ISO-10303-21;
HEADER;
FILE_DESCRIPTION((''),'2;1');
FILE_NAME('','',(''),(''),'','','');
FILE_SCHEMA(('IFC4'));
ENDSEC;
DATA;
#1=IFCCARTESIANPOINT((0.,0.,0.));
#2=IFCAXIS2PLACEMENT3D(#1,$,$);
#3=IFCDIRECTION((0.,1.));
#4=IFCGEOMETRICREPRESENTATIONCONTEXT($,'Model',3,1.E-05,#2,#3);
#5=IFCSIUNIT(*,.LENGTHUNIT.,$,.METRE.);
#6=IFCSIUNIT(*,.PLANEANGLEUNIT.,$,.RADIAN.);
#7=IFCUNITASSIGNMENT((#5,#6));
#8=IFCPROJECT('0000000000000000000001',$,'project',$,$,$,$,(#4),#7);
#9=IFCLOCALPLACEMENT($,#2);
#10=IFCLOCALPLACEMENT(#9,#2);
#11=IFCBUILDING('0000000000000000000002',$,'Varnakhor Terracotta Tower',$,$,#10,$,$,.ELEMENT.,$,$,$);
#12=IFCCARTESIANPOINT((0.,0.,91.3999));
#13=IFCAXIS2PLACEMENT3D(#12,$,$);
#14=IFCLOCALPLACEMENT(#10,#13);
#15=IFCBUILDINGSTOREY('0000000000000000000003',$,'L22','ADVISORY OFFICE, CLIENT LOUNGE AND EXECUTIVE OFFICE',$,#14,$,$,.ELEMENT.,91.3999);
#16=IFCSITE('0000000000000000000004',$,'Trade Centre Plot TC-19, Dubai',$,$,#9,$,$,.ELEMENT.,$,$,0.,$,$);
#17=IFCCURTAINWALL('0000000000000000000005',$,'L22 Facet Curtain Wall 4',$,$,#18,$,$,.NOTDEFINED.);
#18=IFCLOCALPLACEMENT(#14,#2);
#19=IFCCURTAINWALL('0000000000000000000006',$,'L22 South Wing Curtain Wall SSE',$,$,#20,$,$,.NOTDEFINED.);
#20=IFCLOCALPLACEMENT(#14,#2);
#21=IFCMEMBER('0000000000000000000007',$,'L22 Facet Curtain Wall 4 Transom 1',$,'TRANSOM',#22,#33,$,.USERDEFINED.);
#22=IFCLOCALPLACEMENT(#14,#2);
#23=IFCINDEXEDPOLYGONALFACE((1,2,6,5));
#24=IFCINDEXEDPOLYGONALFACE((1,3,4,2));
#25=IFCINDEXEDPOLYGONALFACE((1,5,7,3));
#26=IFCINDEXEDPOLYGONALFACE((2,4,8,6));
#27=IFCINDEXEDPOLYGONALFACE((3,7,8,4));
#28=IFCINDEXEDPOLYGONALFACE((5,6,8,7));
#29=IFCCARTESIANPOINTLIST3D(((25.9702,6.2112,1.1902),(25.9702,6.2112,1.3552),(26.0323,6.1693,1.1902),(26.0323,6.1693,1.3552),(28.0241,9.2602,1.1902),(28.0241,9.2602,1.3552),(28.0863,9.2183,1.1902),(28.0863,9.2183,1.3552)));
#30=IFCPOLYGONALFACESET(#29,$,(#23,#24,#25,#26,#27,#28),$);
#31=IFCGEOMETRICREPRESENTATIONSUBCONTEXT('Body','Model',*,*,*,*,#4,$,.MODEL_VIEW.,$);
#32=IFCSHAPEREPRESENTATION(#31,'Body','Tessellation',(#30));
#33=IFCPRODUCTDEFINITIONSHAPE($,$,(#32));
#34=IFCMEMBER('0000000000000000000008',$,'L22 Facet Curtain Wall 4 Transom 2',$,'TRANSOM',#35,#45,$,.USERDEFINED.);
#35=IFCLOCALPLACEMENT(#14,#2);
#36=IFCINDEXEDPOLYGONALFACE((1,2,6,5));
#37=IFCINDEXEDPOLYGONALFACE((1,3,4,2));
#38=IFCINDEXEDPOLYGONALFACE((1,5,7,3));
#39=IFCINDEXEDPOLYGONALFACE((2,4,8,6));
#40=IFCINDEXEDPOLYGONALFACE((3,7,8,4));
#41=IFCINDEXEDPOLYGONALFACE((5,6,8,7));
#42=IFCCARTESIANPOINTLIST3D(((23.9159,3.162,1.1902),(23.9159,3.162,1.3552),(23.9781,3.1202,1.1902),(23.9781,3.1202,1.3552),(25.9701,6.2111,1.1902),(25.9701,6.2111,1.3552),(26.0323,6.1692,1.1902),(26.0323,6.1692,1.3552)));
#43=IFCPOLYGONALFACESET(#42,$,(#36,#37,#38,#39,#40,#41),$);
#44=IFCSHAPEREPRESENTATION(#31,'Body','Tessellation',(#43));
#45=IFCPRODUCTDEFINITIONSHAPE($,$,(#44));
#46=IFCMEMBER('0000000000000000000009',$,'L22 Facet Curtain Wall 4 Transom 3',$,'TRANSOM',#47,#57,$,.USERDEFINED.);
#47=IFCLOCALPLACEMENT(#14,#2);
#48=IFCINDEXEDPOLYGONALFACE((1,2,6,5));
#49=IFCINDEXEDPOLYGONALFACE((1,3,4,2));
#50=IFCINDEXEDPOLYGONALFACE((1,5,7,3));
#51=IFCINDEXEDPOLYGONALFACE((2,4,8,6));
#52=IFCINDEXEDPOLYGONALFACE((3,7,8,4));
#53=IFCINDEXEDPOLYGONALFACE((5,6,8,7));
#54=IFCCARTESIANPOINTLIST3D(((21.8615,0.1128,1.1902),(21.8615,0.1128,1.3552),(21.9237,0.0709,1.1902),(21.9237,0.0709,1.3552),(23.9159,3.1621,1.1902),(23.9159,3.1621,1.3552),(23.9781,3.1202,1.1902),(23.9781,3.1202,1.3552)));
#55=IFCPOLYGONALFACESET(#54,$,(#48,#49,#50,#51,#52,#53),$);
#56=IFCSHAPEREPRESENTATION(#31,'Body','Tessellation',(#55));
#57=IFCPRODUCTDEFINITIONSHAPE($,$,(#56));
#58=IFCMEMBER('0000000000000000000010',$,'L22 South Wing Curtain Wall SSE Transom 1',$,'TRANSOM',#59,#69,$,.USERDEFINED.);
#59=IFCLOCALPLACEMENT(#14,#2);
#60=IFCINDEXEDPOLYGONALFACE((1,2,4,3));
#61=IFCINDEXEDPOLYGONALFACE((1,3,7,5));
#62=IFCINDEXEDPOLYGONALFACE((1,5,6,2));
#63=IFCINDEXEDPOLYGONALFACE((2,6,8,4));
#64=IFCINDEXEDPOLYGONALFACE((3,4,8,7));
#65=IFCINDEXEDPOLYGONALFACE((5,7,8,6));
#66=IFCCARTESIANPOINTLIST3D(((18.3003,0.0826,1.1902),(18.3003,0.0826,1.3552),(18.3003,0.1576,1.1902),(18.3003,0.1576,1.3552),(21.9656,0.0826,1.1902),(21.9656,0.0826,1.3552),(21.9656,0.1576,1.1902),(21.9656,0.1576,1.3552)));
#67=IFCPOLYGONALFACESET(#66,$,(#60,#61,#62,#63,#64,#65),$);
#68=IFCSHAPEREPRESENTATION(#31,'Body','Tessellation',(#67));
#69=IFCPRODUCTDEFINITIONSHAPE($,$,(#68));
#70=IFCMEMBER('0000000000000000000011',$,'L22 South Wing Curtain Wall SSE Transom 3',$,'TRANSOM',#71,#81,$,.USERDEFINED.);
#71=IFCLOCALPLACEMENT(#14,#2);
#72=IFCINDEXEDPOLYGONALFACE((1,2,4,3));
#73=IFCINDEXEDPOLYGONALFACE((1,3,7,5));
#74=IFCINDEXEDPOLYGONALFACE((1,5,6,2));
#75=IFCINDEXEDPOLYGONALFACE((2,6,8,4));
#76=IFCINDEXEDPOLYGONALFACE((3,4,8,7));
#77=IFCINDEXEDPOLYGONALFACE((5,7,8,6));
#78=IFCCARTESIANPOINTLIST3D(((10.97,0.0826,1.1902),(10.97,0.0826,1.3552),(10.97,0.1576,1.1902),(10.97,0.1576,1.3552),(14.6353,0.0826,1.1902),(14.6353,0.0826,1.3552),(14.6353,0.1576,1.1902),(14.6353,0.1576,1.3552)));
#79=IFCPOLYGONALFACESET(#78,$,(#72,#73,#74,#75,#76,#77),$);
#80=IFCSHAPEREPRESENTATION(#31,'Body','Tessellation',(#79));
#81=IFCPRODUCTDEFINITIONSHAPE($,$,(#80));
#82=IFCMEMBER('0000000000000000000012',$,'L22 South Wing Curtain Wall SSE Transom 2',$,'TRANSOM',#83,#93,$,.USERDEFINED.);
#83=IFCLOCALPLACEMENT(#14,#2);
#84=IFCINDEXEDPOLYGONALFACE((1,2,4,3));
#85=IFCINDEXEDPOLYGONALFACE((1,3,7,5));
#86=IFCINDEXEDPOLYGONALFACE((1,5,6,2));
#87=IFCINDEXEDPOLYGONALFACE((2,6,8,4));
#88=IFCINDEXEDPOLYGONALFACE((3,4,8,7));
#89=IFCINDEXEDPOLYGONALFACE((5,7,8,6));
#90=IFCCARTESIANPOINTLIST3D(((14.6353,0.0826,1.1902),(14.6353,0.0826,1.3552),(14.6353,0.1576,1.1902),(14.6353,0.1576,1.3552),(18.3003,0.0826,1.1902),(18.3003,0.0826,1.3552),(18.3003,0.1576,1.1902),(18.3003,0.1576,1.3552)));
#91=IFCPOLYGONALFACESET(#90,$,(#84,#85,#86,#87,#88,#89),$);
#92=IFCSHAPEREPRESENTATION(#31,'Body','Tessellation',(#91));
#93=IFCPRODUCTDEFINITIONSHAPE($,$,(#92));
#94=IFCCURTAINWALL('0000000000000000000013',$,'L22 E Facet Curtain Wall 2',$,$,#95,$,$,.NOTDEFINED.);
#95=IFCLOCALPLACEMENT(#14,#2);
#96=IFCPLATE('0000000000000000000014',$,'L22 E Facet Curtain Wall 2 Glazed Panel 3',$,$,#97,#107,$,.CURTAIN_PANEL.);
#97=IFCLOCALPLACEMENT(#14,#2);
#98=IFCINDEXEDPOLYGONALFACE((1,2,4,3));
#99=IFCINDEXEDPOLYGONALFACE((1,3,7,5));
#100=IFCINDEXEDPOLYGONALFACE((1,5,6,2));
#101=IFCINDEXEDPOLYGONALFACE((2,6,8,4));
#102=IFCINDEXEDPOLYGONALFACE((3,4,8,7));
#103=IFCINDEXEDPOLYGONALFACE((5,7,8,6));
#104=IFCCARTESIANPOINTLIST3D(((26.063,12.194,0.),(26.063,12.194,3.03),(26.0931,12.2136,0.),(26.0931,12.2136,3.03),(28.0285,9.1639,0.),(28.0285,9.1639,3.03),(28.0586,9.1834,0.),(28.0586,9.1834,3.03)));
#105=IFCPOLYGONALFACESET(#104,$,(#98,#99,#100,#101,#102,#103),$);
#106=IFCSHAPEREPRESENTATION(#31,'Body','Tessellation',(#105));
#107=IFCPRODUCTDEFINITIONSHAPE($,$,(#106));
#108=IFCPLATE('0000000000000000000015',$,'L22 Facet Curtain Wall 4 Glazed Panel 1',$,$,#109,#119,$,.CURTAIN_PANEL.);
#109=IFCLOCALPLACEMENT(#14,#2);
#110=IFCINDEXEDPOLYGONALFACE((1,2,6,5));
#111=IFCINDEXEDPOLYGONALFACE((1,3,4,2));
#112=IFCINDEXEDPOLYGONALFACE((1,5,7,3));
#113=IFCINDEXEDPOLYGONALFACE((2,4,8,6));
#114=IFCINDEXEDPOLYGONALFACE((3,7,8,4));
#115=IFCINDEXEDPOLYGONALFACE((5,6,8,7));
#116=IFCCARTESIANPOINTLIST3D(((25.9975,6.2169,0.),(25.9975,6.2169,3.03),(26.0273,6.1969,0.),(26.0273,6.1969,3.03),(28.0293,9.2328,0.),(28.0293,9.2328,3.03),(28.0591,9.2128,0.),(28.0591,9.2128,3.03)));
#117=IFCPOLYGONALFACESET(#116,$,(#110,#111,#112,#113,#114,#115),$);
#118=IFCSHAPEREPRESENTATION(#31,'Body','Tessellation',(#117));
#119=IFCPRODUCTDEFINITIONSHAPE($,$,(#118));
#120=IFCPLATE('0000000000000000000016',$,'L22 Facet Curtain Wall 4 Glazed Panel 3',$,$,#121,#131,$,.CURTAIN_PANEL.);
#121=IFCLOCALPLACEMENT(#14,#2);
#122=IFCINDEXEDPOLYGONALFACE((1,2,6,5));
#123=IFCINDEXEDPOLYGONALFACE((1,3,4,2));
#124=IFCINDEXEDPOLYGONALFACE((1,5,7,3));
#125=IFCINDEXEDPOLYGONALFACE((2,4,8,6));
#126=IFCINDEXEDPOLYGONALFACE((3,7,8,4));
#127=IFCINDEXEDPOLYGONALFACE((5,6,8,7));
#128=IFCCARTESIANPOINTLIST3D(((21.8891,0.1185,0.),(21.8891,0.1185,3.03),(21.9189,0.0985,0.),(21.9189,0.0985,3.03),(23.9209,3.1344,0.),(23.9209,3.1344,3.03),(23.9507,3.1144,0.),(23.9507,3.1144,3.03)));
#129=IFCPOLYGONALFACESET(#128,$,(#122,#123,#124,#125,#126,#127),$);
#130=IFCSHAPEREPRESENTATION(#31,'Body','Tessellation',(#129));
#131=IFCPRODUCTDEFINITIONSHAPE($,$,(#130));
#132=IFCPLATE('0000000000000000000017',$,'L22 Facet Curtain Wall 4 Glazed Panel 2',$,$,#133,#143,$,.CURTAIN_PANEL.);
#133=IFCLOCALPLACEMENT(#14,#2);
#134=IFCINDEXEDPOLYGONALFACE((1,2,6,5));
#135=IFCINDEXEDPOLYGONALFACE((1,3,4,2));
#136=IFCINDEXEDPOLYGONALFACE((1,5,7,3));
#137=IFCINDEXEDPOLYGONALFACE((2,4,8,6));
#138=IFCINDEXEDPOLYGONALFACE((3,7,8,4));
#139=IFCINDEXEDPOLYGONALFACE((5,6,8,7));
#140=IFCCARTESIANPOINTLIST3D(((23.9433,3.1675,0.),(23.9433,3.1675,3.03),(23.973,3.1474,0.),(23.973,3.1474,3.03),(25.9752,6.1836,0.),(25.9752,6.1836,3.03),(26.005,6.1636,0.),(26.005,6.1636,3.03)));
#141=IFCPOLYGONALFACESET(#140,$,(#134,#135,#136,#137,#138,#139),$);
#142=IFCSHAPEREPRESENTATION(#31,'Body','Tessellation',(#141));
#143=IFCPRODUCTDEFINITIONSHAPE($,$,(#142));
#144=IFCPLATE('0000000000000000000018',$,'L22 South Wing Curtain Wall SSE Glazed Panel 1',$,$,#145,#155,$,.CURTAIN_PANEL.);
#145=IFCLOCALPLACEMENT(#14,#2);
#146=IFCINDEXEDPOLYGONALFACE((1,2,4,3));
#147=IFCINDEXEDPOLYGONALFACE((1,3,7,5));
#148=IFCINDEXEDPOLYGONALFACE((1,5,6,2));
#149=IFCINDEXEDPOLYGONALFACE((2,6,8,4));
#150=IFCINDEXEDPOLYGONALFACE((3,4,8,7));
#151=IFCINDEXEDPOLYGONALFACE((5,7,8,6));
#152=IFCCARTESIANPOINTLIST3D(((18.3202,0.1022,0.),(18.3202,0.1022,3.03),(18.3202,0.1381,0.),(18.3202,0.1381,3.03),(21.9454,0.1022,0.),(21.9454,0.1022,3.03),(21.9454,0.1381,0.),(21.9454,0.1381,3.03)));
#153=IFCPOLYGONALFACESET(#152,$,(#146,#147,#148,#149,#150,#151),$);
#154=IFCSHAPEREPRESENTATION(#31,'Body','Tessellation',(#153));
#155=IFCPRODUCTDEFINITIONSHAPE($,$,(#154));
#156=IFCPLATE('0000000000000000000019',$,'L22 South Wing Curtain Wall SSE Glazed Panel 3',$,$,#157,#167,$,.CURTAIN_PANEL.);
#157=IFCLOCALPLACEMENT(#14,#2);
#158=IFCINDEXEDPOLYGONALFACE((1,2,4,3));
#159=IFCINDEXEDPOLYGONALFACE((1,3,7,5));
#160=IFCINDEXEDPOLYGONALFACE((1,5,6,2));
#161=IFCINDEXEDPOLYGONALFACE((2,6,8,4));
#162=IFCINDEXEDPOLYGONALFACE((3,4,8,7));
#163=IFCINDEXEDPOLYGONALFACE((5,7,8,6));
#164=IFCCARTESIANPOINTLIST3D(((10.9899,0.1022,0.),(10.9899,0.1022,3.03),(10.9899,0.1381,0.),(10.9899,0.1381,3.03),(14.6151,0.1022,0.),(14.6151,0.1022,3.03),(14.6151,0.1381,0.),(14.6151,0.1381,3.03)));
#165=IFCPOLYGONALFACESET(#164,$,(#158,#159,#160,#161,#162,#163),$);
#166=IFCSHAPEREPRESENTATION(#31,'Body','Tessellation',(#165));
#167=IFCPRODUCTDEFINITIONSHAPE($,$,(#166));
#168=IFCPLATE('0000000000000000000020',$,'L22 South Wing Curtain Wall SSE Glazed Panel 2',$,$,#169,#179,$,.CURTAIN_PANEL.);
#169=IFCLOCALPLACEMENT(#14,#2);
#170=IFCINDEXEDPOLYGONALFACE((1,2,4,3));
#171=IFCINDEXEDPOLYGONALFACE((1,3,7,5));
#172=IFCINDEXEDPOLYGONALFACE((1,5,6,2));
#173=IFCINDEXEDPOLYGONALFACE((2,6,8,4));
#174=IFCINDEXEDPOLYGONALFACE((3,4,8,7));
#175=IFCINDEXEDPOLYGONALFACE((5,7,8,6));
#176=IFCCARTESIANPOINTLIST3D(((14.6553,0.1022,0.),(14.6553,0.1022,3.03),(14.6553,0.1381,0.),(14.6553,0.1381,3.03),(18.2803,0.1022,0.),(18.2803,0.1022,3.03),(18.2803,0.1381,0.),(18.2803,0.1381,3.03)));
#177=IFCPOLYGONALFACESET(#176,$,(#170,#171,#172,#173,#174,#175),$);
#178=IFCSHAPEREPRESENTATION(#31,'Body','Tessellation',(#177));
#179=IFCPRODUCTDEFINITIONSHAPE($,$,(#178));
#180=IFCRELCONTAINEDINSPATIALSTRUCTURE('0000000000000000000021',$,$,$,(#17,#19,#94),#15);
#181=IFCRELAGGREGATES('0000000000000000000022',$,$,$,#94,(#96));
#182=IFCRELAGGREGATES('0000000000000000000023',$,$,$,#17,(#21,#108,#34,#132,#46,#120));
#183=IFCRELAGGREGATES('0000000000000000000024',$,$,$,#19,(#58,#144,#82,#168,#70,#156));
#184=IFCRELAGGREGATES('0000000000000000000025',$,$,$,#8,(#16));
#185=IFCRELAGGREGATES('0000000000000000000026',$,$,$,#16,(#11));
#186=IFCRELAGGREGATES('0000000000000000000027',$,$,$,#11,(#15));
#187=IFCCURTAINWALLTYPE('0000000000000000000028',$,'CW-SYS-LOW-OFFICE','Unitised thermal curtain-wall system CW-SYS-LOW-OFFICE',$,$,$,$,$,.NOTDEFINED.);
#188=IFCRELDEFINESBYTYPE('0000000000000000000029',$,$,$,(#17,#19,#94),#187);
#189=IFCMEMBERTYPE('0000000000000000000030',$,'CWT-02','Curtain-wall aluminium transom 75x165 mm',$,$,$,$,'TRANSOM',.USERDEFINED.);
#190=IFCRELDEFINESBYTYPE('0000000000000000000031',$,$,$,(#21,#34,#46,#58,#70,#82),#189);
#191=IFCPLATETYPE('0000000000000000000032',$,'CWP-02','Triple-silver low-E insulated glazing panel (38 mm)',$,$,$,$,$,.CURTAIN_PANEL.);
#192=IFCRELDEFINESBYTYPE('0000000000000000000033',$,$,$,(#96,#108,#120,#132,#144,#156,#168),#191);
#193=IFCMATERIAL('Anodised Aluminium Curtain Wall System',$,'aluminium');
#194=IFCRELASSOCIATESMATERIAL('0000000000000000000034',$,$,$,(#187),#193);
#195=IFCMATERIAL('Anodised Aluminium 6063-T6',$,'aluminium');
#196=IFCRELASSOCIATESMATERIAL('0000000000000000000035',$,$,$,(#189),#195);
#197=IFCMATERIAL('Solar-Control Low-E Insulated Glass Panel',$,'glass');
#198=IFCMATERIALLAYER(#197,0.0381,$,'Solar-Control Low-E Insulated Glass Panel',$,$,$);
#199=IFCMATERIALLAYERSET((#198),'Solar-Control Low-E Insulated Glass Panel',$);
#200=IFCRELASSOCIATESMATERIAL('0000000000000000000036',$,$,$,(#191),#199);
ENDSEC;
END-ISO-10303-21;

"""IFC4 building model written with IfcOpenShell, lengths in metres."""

from ifc_helpers import new_model, si_unit, direction, frame, origin, origin_2d, place, context, subcontext, project, spatial, rectangle, extrude, source, transform, mapped, material, layer, layer_set, material_profile, profile_set, type_object, element, aggregate, save


model = new_model("IFC4")

# Units and contexts
model_context = context("Model", 3, precision=1e-05, world=origin(), true_north=direction((0.0, 1.0)))
body_context = subcontext(model_context, "Body", "Model", "MODEL_VIEW")
ifc_project = project(units=[si_unit("LENGTHUNIT", "METRE"), si_unit("PLANEANGLEUNIT", "RADIAN")], contexts=[model_context])

# Site, building, storey
site_placement = place(None, origin())
site = spatial("IfcSite", under=ifc_project, at=site_placement, Name="Trade Centre Plot TC-19, Dubai", CompositionType="ELEMENT", RefElevation=0.0)
building_placement = place(site_placement, origin())
building = spatial("IfcBuilding", under=site, at=building_placement, Name="Varnakhor Terracotta Tower", CompositionType="ELEMENT")
storey_placement = place(building_placement, frame((0.0, 0.0, 91.3999)))
storey = spatial("IfcBuildingStorey", under=building, at=storey_placement, Name="L22", Description="ADVISORY OFFICE, CLIENT LOUNGE AND EXECUTIVE OFFICE", CompositionType="ELEMENT", Elevation=91.3999)

# Curtain walls
ifc_material_1 = material(Name="Anodised Aluminium Curtain Wall System", Category="aluminium")
curtain_wall_type = type_object("IfcCurtainWallType", Name="CW-SYS-LOW-OFFICE", Description="Unitised thermal curtain-wall system CW-SYS-LOW-OFFICE", PredefinedType="NOTDEFINED", material=ifc_material_1)
curtain_wall_1_placement = place(storey_placement, origin())
curtain_wall_1 = element("IfcCurtainWall", 1, at=curtain_wall_1_placement, inside=storey, type_object=curtain_wall_type, Name="L22 Facet Curtain Wall 4", PredefinedType="NOTDEFINED")
ifc_material_2 = material(Name="Anodised Aluminium 6063-T6", Category="aluminium")
curtain_wall_2_placement = place(storey_placement, origin())
curtain_wall_2 = element("IfcCurtainWall", 2, at=curtain_wall_2_placement, inside=storey, type_object=curtain_wall_type, Name="L22 South Wing Curtain Wall SSE", PredefinedType="NOTDEFINED")

# Members
ifc_material_profile_1 = material_profile(ifc_material_2, rectangle(XDim=0.075, YDim=0.165, at=origin_2d()), Name="ALU TRANSOM 75x165")
ifc_profile_set_1 = profile_set([ifc_material_profile_1], Name="Anodised Aluminium 6063-T6")
member_type_1 = type_object("IfcMemberType", Name="CWT-02", Description="Curtain-wall aluminium transom 75x165 mm", ElementType="TRANSOM", PredefinedType="USERDEFINED", material=ifc_profile_set_1)
shared_shape_1 = source(origin(), body_context, "Body", "SweptSolid", [
    extrude(rectangle(XDim=0.075, YDim=0.165, at=origin_2d()), origin(), (0.0, 0.0, 1.0), 3.6763),
])
member_1_placement = place(storey_placement, frame((28.0552, 9.2393, 1.2727), z_axis=(-0.558694, -0.829374, 0.0), x_axis=(0.829374, -0.558694, 0.0)))
member_1 = element("IfcMember", 3, at=member_1_placement, type_object=member_type_1, Name="L22 Facet Curtain Wall 4 Transom 1", ObjectType="TRANSOM", PredefinedType="USERDEFINED", context=body_context, shape_type="MappedRepresentation", body=[
    mapped(shared_shape_1, transform((0.0, 0.0, 0.0), scale=1.0)),
])
shared_shape_2 = source(origin(), body_context, "Body", "SweptSolid", [
    extrude(rectangle(XDim=0.075, YDim=0.165, at=origin_2d()), origin(), (0.0, 0.0, 1.0), 3.6765),
])
member_2_placement = place(storey_placement, frame((26.0012, 6.1902, 1.2727), z_axis=(-0.558739, -0.829343, 0.0), x_axis=(0.829343, -0.558739, 0.0)))
member_2 = element("IfcMember", 4, at=member_2_placement, type_object=member_type_1, Name="L22 Facet Curtain Wall 4 Transom 2", ObjectType="TRANSOM", PredefinedType="USERDEFINED", context=body_context, shape_type="MappedRepresentation", body=[
    mapped(shared_shape_2, transform((0.0, 0.0, 0.0), scale=1.0)),
])
shared_shape_3 = source(origin(), body_context, "Body", "SweptSolid", [
    extrude(rectangle(XDim=0.075, YDim=0.165, at=origin_2d()), origin(), (0.0, 0.0, 1.0), 3.6768),
])
member_3_placement = place(storey_placement, frame((23.947, 3.1411, 1.2727), z_axis=(-0.558754, -0.829333, 0.0), x_axis=(0.829333, -0.558754, 0.0)))
member_3 = element("IfcMember", 5, at=member_3_placement, type_object=member_type_1, Name="L22 Facet Curtain Wall 4 Transom 3", ObjectType="TRANSOM", PredefinedType="USERDEFINED", context=body_context, shape_type="MappedRepresentation", body=[
    mapped(shared_shape_3, transform((0.0, 0.0, 0.0), scale=1.0)),
])
shared_shape_4 = source(origin(), body_context, "Body", "SweptSolid", [
    extrude(rectangle(XDim=0.075, YDim=0.165, at=origin_2d()), origin(), (0.0, 0.0, 1.0), 3.6653),
])
member_4_placement = place(storey_placement, frame((21.9656, 0.1201, 1.2727), z_axis=(-1.0, 0.0, 0.0), x_axis=(0.0, -1.0, 0.0)))
member_4 = element("IfcMember", 6, at=member_4_placement, type_object=member_type_1, Name="L22 South Wing Curtain Wall SSE Transom 1", ObjectType="TRANSOM", PredefinedType="USERDEFINED", context=body_context, shape_type="MappedRepresentation", body=[
    mapped(shared_shape_4, transform((0.0, 0.0, 0.0), scale=1.0)),
])
member_5_placement = place(storey_placement, frame((14.6353, 0.1201, 1.2727), z_axis=(-1.0, 0.0, 0.0), x_axis=(0.0, -1.0, 0.0)))
member_5 = element("IfcMember", 7, at=member_5_placement, type_object=member_type_1, Name="L22 South Wing Curtain Wall SSE Transom 3", ObjectType="TRANSOM", PredefinedType="USERDEFINED", context=body_context, shape_type="MappedRepresentation", body=[
    mapped(shared_shape_4, transform((0.0, 0.0, 0.0), scale=1.0)),
])
shared_shape_5 = source(origin(), body_context, "Body", "SweptSolid", [
    extrude(rectangle(XDim=0.075, YDim=0.165, at=origin_2d()), origin(), (0.0, 0.0, 1.0), 3.665),
])
member_6_placement = place(storey_placement, frame((18.3003, 0.1201, 1.2727), z_axis=(-1.0, 0.0, 0.0), x_axis=(0.0, -1.0, 0.0)))
member_6 = element("IfcMember", 8, at=member_6_placement, type_object=member_type_1, Name="L22 South Wing Curtain Wall SSE Transom 2", ObjectType="TRANSOM", PredefinedType="USERDEFINED", context=body_context, shape_type="MappedRepresentation", body=[
    mapped(shared_shape_5, transform((0.0, 0.0, 0.0), scale=1.0)),
])

# Curtain wall, plate
curtain_wall_3_placement = place(storey_placement, origin())
curtain_wall_3 = element("IfcCurtainWall", 9, at=curtain_wall_3_placement, inside=storey, type_object=curtain_wall_type, Name="L22 E Facet Curtain Wall 2", PredefinedType="NOTDEFINED")
ifc_material_3 = material(Name="Solar-Control Low-E Insulated Glass Panel", Category="glass")
ifc_layer_1 = layer(ifc_material_3, 0.0381, Name="Solar-Control Low-E Insulated Glass Panel")
ifc_layer_set_1 = layer_set([ifc_layer_1], Name="Solar-Control Low-E Insulated Glass Panel")
plate_type = type_object("IfcPlateType", Name="CWP-02", Description="Triple-silver low-E insulated glazing panel (38 mm)", PredefinedType="CURTAIN_PANEL", material=ifc_layer_set_1)
shared_shape_6 = source(origin(), body_context, "Body", "SweptSolid", [
    extrude(rectangle(XDim=3.6118, YDim=0.0359, at=origin_2d()), origin(), (0.0, 0.0, 1.0), 3.03),
])
plate_1_placement = place(storey_placement, frame((27.0608, 10.6887, 0.0), z_axis=(0.0, 0.0, 1.0), x_axis=(0.544185, -0.838965, 0.0)))
plate_1 = element("IfcPlate", 10, at=plate_1_placement, type_object=plate_type, Name="L22 E Facet Curtain Wall 2 Glazed Panel 3", PredefinedType="CURTAIN_PANEL", context=body_context, shape_type="MappedRepresentation", body=[
    mapped(shared_shape_6, transform((0.0, 0.0, 0.0), scale=1.0)),
])
aggregate(curtain_wall_3, [plate_1])

# Plates
shared_shape_7 = source(origin(), body_context, "Body", "SweptSolid", [
    extrude(rectangle(XDim=3.6365, YDim=0.0359, at=origin_2d()), origin(), (0.0, 0.0, 1.0), 3.03),
])
plate_2_placement = place(storey_placement, frame((27.0283, 7.7148, 0.0), z_axis=(0.0, 0.0, 1.0), x_axis=(-0.55873, -0.82935, 0.0)))
plate_2 = element("IfcPlate", 11, at=plate_2_placement, type_object=plate_type, Name="L22 Facet Curtain Wall 4 Glazed Panel 1", PredefinedType="CURTAIN_PANEL", context=body_context, shape_type="MappedRepresentation", body=[
    mapped(shared_shape_7, transform((0.0, 0.0, 0.0), scale=1.0)),
])
plate_3_placement = place(storey_placement, frame((22.9199, 1.6165, 0.0), z_axis=(0.0, 0.0, 1.0), x_axis=(-0.55873, -0.82935, 0.0)))
plate_3 = element("IfcPlate", 12, at=plate_3_placement, type_object=plate_type, Name="L22 Facet Curtain Wall 4 Glazed Panel 3", PredefinedType="CURTAIN_PANEL", context=body_context, shape_type="MappedRepresentation", body=[
    mapped(shared_shape_7, transform((0.0, 0.0, 0.0), scale=1.0)),
])
shared_shape_8 = source(origin(), body_context, "Body", "SweptSolid", [
    extrude(rectangle(XDim=3.6367, YDim=0.0359, at=origin_2d()), origin(), (0.0, 0.0, 1.0), 3.03),
])
plate_4_placement = place(storey_placement, frame((24.9741, 4.6655, 0.0), z_axis=(0.0, 0.0, 1.0), x_axis=(-0.55873, -0.82935, 0.0)))
plate_4 = element("IfcPlate", 13, at=plate_4_placement, type_object=plate_type, Name="L22 Facet Curtain Wall 4 Glazed Panel 2", PredefinedType="CURTAIN_PANEL", context=body_context, shape_type="MappedRepresentation", body=[
    mapped(shared_shape_8, transform((0.0, 0.0, 0.0), scale=1.0)),
])
aggregate(curtain_wall_1, [member_1, plate_2, member_2, plate_4, member_3, plate_3])
shared_shape_9 = source(origin(), body_context, "Body", "SweptSolid", [
    extrude(rectangle(XDim=3.6252, YDim=0.0359, at=origin_2d()), origin(), (0.0, 0.0, 1.0), 3.03),
])
plate_5_placement = place(storey_placement, frame((20.1328, 0.1201, 0.0), z_axis=(0.0, 0.0, 1.0), x_axis=(-1.0, 0.0, 0.0)))
plate_5 = element("IfcPlate", 14, at=plate_5_placement, type_object=plate_type, Name="L22 South Wing Curtain Wall SSE Glazed Panel 1", PredefinedType="CURTAIN_PANEL", context=body_context, shape_type="MappedRepresentation", body=[
    mapped(shared_shape_9, transform((0.0, 0.0, 0.0), scale=1.0)),
])
plate_6_placement = place(storey_placement, frame((12.8025, 0.1201, 0.0), z_axis=(0.0, 0.0, 1.0), x_axis=(-1.0, 0.0, 0.0)))
plate_6 = element("IfcPlate", 15, at=plate_6_placement, type_object=plate_type, Name="L22 South Wing Curtain Wall SSE Glazed Panel 3", PredefinedType="CURTAIN_PANEL", context=body_context, shape_type="MappedRepresentation", body=[
    mapped(shared_shape_9, transform((0.0, 0.0, 0.0), scale=1.0)),
])
shared_shape_10 = source(origin(), body_context, "Body", "SweptSolid", [
    extrude(rectangle(XDim=3.625, YDim=0.0359, at=origin_2d()), origin(), (0.0, 0.0, 1.0), 3.03),
])
plate_7_placement = place(storey_placement, frame((16.4678, 0.1201, 0.0), z_axis=(0.0, 0.0, 1.0), x_axis=(-1.0, 0.0, 0.0)))
plate_7 = element("IfcPlate", 16, at=plate_7_placement, type_object=plate_type, Name="L22 South Wing Curtain Wall SSE Glazed Panel 2", PredefinedType="CURTAIN_PANEL", context=body_context, shape_type="MappedRepresentation", body=[
    mapped(shared_shape_10, transform((0.0, 0.0, 0.0), scale=1.0)),
])
aggregate(curtain_wall_2, [member_4, plate_5, member_6, plate_7, member_5, plate_6])

save(model, "model.ifc")
